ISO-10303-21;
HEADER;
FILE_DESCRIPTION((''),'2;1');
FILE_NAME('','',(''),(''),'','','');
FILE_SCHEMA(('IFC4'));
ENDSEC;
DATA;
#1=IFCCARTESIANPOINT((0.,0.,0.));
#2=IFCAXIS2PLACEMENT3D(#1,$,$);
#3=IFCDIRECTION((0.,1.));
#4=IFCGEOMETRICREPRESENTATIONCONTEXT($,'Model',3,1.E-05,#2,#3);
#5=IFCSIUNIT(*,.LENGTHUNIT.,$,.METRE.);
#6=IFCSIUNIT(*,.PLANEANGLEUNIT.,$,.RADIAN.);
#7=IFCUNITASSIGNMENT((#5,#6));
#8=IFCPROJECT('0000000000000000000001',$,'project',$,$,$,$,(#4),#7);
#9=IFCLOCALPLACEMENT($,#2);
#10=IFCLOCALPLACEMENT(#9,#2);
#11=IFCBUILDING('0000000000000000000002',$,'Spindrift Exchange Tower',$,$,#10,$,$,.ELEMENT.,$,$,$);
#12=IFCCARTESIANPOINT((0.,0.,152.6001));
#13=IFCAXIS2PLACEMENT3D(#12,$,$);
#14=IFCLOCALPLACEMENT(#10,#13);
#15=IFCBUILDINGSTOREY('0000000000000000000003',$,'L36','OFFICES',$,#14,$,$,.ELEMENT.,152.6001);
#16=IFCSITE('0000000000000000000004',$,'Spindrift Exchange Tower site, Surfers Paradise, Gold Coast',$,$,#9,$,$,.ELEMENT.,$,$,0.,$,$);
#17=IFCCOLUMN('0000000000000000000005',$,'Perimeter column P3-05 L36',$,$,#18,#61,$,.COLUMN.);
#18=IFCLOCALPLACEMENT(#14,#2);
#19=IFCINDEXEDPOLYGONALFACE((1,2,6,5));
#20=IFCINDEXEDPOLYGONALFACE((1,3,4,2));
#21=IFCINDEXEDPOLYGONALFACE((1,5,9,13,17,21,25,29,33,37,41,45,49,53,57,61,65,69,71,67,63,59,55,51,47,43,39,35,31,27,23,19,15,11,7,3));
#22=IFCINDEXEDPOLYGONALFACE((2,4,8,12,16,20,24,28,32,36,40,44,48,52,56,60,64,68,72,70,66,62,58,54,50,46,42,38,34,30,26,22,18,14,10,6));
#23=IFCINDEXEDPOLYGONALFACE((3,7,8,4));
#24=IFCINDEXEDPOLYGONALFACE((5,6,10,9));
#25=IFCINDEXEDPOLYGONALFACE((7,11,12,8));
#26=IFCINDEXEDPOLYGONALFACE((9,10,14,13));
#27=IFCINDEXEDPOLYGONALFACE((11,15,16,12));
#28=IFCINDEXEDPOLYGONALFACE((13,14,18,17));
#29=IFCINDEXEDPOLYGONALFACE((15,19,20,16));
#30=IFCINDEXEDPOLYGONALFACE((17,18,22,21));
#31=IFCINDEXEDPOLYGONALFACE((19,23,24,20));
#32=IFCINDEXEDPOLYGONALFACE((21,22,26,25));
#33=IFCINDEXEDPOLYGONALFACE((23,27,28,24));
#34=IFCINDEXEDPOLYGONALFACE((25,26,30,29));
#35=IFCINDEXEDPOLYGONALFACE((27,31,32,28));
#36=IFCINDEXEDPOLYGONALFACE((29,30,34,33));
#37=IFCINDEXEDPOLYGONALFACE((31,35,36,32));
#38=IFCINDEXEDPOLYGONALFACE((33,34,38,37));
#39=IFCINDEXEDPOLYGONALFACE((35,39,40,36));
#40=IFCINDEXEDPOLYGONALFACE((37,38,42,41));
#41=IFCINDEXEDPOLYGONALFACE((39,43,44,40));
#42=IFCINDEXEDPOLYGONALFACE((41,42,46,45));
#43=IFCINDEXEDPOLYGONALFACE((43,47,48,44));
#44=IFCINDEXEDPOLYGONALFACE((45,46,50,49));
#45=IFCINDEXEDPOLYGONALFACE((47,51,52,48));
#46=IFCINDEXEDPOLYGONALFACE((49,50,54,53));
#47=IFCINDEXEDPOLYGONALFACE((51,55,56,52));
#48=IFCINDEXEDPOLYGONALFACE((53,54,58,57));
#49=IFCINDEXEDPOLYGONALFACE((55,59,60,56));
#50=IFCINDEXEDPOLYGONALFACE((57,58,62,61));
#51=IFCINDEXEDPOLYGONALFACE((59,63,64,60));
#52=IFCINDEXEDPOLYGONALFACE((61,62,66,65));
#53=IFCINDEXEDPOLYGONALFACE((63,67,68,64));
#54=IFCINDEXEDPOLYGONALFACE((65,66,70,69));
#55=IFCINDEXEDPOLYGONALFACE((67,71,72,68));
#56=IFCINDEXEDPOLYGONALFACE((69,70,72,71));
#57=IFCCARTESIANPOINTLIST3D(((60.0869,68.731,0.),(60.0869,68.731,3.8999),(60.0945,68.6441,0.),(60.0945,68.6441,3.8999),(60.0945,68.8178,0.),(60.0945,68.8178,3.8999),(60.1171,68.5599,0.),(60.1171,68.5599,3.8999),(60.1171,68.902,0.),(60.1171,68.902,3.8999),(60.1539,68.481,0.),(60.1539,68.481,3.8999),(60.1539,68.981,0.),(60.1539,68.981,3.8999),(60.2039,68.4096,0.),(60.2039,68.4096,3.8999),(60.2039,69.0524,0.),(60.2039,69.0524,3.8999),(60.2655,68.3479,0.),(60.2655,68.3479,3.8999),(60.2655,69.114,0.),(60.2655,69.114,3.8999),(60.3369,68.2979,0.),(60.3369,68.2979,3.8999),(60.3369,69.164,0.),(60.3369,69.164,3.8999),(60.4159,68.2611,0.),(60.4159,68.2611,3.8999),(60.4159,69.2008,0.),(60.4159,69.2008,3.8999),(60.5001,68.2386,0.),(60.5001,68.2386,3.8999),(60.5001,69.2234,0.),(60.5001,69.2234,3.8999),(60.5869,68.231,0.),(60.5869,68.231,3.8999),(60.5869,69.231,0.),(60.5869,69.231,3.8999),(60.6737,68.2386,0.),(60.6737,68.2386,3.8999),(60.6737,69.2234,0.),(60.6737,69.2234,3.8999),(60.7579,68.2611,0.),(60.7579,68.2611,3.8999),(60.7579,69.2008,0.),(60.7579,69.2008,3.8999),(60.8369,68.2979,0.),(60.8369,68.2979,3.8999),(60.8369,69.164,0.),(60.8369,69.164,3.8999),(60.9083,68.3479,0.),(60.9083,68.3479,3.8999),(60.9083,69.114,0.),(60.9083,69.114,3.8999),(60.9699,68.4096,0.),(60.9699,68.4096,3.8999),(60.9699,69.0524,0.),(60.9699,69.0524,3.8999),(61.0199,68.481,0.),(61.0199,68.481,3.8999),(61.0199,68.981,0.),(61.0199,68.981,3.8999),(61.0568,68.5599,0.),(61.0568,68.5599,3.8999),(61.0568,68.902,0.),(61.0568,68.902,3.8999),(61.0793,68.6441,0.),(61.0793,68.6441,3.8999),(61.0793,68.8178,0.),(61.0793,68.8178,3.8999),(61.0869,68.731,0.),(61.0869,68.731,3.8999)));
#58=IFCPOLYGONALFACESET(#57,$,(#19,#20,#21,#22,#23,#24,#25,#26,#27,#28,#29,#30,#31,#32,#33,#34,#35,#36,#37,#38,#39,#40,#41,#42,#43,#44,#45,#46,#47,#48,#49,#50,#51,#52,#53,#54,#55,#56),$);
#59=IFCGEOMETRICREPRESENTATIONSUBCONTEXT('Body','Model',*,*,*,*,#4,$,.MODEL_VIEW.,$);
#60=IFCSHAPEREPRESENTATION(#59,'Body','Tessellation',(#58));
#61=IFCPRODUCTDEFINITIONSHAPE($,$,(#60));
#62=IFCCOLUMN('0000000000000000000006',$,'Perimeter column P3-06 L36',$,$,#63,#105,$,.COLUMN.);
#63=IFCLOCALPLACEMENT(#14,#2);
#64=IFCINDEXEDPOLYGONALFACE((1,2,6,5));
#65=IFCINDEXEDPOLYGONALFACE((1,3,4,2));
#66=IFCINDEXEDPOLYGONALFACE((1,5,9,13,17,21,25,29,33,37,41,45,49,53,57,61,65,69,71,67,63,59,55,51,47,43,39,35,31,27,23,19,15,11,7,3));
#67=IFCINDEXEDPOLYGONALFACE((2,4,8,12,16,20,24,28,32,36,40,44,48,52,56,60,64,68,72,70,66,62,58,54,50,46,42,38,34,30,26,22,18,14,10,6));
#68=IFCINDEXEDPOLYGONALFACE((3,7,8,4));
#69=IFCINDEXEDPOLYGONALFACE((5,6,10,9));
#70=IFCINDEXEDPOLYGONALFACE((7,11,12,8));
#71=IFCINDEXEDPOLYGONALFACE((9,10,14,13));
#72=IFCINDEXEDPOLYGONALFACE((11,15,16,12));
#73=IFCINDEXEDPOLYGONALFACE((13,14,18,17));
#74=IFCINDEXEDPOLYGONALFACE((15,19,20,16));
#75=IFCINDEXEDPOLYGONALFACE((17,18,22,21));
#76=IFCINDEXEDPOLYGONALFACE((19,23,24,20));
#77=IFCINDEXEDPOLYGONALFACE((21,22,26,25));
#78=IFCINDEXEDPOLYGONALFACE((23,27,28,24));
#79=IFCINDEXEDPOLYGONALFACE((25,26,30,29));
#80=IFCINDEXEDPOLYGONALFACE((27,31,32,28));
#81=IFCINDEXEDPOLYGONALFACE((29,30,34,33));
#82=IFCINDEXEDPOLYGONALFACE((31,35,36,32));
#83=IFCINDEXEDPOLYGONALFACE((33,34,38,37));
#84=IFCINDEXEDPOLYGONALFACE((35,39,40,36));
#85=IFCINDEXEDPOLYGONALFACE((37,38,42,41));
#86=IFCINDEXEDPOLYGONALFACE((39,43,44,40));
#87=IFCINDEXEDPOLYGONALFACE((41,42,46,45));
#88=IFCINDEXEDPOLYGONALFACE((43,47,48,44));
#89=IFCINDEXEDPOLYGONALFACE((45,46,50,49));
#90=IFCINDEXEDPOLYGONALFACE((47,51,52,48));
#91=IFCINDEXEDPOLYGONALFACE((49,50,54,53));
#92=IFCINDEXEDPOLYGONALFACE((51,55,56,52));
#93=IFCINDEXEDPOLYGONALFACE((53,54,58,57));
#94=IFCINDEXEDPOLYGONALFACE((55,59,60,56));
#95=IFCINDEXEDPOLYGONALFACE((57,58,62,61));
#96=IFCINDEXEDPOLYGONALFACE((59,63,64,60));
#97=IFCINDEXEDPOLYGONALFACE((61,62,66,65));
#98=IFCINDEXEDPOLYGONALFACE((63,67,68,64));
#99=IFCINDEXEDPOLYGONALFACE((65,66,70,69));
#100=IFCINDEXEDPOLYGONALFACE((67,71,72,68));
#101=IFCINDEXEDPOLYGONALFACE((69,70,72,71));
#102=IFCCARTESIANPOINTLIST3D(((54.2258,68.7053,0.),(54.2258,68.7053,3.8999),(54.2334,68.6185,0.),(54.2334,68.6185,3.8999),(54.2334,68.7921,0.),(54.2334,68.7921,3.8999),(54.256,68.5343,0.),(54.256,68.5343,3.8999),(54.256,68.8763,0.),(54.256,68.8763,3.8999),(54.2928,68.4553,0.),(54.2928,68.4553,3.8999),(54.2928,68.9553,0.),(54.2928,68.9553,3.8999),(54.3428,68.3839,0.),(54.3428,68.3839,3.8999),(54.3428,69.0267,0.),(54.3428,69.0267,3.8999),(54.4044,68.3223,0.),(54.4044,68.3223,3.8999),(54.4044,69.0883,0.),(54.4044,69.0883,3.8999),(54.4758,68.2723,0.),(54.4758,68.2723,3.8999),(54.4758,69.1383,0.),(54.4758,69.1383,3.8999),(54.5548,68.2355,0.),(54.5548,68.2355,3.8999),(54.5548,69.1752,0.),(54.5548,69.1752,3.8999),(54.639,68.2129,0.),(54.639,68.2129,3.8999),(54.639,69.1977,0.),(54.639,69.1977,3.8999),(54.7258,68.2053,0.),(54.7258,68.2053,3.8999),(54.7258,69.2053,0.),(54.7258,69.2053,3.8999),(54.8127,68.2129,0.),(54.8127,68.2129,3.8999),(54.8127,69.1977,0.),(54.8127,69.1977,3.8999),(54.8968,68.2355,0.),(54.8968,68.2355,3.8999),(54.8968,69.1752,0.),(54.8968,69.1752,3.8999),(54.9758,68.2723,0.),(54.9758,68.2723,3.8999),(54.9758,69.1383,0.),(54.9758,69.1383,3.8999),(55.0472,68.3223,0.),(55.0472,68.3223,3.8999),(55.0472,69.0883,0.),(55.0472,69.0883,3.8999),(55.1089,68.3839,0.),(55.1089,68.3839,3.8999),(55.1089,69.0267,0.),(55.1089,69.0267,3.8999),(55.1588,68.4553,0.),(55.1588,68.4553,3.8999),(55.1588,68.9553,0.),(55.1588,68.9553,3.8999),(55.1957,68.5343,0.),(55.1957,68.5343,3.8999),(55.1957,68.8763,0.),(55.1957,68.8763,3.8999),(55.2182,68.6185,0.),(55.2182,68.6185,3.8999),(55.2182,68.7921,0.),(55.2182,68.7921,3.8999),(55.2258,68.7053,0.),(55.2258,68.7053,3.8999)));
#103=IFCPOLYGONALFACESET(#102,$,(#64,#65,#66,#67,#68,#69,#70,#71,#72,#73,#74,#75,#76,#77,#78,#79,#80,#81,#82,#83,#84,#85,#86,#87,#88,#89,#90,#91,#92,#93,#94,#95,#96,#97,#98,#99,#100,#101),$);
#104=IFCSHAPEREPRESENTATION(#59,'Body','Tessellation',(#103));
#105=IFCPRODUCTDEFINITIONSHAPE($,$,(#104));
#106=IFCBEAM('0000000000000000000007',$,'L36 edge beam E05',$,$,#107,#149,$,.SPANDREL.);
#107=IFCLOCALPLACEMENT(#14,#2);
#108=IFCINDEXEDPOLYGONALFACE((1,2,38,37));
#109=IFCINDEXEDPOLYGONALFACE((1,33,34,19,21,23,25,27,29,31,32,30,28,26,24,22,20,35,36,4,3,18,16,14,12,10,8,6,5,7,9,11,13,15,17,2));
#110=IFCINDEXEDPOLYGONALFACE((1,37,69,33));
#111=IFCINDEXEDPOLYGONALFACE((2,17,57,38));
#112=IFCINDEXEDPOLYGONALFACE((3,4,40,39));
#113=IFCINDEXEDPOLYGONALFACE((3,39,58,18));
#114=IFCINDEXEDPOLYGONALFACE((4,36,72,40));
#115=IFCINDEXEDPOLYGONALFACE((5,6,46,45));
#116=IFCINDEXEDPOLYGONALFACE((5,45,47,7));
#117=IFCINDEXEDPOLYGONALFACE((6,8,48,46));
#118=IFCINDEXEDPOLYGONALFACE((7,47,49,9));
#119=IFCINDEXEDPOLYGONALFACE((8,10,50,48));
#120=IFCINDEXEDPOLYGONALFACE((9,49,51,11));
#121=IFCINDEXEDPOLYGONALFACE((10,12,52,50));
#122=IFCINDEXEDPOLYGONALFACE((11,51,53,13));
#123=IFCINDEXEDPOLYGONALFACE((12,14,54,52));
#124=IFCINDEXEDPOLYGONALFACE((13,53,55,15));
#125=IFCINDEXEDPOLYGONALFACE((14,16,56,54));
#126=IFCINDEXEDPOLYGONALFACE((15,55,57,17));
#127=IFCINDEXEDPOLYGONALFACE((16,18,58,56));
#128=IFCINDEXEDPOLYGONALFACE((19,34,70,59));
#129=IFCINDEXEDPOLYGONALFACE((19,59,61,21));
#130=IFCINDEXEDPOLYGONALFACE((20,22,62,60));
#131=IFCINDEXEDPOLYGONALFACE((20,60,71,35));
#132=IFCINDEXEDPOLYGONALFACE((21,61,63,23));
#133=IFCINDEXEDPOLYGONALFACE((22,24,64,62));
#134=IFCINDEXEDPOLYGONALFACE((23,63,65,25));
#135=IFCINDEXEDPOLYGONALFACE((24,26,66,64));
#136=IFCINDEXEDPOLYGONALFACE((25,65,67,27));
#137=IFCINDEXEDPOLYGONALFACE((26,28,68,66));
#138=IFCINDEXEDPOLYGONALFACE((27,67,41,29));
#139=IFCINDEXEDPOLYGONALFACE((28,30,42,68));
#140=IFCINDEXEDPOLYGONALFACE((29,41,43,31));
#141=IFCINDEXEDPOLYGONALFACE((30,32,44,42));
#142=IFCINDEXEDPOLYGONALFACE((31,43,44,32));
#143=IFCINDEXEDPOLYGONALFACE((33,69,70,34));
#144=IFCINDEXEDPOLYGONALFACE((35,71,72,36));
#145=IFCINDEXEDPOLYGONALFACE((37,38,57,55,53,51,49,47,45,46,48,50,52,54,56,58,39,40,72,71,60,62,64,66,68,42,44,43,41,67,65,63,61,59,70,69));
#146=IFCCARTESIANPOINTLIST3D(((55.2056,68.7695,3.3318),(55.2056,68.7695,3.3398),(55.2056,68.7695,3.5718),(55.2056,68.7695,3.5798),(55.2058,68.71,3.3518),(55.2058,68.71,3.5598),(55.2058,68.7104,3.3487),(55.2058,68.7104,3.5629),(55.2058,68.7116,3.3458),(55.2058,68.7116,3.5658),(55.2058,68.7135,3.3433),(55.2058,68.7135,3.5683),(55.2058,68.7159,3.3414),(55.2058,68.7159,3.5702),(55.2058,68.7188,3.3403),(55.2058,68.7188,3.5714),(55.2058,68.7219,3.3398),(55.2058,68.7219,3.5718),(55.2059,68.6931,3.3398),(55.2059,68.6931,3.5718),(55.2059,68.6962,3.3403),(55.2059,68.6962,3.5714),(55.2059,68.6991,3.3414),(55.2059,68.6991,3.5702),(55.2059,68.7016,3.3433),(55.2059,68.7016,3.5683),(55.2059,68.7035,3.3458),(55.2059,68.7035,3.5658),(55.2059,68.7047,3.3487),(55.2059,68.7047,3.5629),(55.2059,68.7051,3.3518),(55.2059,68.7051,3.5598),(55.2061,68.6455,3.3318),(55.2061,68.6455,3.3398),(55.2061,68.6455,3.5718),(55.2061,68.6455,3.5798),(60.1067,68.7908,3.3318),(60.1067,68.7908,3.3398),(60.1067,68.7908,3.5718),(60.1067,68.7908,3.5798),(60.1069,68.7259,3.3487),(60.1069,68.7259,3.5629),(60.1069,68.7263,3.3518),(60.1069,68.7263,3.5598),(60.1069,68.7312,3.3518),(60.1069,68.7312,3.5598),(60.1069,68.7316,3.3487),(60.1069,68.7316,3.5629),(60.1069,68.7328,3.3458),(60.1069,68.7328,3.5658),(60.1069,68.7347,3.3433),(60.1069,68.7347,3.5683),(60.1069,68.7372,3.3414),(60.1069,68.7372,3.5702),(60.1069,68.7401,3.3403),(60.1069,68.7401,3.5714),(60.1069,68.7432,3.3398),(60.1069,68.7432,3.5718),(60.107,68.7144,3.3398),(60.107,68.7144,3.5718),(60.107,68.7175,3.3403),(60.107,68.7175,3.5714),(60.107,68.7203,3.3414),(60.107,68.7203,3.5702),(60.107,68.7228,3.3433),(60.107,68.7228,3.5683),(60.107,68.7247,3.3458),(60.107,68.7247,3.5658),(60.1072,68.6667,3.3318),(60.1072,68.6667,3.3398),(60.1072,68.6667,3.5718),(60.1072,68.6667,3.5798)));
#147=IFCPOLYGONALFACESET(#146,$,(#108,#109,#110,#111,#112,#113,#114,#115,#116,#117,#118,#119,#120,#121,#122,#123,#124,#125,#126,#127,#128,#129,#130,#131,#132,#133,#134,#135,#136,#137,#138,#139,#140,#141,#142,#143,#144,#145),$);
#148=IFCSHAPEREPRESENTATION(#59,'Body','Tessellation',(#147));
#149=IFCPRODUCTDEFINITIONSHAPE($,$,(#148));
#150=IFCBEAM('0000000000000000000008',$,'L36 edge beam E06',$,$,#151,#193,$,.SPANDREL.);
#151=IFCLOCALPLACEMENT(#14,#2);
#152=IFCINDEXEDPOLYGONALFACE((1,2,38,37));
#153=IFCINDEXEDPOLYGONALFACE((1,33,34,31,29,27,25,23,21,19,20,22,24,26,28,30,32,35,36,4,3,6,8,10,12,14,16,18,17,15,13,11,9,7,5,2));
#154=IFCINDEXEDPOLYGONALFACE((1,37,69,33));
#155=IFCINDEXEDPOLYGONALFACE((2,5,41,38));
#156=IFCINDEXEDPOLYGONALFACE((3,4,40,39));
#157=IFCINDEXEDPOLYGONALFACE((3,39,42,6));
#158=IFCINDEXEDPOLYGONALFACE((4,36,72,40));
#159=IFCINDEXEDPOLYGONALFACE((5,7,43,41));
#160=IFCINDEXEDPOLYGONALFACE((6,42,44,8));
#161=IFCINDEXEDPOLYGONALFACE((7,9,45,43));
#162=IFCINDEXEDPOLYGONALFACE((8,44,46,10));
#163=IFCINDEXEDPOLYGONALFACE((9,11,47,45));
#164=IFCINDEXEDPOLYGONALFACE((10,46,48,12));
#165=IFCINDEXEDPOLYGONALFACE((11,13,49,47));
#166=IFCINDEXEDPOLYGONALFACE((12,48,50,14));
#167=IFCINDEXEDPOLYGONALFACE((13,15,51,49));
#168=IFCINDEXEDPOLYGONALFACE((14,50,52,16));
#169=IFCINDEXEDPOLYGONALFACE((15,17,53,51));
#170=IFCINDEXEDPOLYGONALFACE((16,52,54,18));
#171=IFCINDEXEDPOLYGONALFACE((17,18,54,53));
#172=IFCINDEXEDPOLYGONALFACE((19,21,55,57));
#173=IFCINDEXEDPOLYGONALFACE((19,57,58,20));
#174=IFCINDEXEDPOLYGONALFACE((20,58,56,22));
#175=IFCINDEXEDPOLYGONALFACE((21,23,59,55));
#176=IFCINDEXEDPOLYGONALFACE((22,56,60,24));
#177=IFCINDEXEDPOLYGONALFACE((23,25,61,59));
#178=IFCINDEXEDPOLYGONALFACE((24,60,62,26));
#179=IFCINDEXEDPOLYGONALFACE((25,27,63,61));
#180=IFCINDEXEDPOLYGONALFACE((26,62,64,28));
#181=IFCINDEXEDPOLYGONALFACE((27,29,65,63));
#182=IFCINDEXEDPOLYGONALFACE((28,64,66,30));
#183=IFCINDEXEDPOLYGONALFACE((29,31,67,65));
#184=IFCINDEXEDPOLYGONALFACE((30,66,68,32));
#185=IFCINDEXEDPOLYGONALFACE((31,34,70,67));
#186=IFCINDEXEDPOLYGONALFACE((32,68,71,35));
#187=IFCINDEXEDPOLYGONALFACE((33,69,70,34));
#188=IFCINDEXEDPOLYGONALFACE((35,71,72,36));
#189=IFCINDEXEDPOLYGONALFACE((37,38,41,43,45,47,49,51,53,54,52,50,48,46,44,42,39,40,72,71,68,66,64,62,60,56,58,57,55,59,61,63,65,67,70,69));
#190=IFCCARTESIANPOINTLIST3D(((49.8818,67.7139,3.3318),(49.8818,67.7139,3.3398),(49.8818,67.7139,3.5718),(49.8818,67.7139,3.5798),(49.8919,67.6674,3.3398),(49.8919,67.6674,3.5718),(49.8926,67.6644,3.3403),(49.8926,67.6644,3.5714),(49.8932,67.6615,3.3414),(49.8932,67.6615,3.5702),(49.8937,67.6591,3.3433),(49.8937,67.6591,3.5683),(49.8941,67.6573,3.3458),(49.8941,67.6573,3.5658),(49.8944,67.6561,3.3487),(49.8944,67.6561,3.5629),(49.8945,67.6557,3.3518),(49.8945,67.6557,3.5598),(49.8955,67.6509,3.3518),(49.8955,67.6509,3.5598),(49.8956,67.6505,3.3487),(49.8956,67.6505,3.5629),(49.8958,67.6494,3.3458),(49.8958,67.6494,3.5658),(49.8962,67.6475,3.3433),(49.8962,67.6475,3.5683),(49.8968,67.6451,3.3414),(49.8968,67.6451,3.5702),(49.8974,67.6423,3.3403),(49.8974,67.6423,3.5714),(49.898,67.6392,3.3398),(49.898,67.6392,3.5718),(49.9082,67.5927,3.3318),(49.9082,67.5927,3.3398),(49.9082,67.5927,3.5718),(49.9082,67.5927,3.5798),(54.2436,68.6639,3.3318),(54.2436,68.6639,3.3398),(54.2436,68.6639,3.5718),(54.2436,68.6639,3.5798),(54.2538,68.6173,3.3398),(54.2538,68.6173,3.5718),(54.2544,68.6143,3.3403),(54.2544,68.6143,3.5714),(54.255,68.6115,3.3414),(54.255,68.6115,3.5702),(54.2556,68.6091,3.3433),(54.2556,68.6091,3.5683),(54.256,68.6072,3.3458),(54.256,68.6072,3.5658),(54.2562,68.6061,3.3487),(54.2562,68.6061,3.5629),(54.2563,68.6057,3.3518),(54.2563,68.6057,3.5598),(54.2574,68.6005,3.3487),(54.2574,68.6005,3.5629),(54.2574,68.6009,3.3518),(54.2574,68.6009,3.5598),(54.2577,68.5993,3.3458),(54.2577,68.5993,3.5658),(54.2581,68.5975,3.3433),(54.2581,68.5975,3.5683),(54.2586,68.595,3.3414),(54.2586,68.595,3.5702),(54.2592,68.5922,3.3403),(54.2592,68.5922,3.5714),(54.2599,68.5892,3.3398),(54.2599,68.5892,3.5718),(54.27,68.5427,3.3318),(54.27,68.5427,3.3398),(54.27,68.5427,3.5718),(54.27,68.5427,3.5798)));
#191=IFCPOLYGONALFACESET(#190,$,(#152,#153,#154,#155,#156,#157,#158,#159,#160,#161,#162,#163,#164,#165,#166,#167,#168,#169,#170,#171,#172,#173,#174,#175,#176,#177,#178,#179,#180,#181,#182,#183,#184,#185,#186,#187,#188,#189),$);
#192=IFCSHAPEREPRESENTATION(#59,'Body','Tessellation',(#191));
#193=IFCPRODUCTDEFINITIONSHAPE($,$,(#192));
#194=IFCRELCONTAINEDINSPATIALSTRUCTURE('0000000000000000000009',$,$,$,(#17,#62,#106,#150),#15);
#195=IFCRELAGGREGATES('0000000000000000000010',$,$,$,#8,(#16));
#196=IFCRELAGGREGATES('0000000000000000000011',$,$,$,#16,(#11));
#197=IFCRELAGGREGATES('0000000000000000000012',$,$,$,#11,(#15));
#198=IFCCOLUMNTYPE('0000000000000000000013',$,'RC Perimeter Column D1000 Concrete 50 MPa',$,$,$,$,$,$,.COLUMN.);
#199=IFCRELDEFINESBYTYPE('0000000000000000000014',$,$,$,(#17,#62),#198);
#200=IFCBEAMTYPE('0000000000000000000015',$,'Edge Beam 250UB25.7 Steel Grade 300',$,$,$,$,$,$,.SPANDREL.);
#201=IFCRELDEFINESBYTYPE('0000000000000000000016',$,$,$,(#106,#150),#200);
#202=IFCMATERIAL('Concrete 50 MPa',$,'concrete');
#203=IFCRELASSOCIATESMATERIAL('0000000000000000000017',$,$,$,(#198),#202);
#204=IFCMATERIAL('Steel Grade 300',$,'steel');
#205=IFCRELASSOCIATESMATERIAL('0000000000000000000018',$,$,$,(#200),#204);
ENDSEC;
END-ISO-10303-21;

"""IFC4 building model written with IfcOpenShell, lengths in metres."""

from ifc_helpers import new_model, si_unit, direction, frame, origin, origin_2d, place, context, subcontext, project, spatial, circle, i_section, extrude, source, transform, mapped, material, material_profile, profile_set, type_object, element, save


model = new_model("IFC4")

# Units and contexts
model_context = context("Model", 3, precision=1e-05, world=origin(), true_north=direction((0.0, 1.0)))
body_context = subcontext(model_context, "Body", "Model", "MODEL_VIEW")
ifc_project = project(units=[si_unit("LENGTHUNIT", "METRE"), si_unit("PLANEANGLEUNIT", "RADIAN")], contexts=[model_context])

# Site, building, storey
site_placement = place(None, origin())
site = spatial("IfcSite", under=ifc_project, at=site_placement, Name="Spindrift Exchange Tower site, Surfers Paradise, Gold Coast", CompositionType="ELEMENT", RefElevation=0.0)
building_placement = place(site_placement, origin())
building = spatial("IfcBuilding", under=site, at=building_placement, Name="Spindrift Exchange Tower", CompositionType="ELEMENT")
storey_placement = place(building_placement, frame((0.0, 0.0, 152.6001)))
storey = spatial("IfcBuildingStorey", under=building, at=storey_placement, Name="L36", Description="OFFICES", CompositionType="ELEMENT", Elevation=152.6001)

# Columns
ifc_material_1 = material(Name="Concrete 50 MPa", Category="concrete")
ifc_material_profile_1 = material_profile(ifc_material_1, circle(Radius=0.5, at=origin_2d()), Name="RC D1000")
ifc_profile_set_1 = profile_set([ifc_material_profile_1], Name="Concrete 50 MPa")
column_type = type_object("IfcColumnType", Name="RC Perimeter Column D1000 Concrete 50 MPa", PredefinedType="COLUMN", material=ifc_profile_set_1)
shared_shape_1 = source(origin(), body_context, "Body", "SweptSolid", [
    extrude(circle(Radius=0.5, at=origin_2d()), origin(), (0.0, 0.0, 1.0), 3.8999),
])
for number, where, z_axis, x_axis, name in (
    (1, (60.5869, 68.731, 0.0), (0.0, 0.0, 1.0), (1.0, 0.0, 0.0), "Perimeter column P3-05 L36"),
    (2, (54.7258, 68.7053, 0.0), (0.0, 0.0, 1.0), (1.0, 0.0, 0.0), "Perimeter column P3-06 L36"),
):
    element("IfcColumn", number, at=place(storey_placement, frame(where, z_axis=z_axis, x_axis=x_axis)), inside=storey, type_object=column_type, Name=name, PredefinedType="COLUMN", context=body_context, shape_type="MappedRepresentation", body=[
        mapped(shared_shape_1, transform((0.0, 0.0, 0.0), scale=1.0)),
    ])

# Beams
ifc_material_2 = material(Name="Steel Grade 300", Category="steel")
ifc_material_profile_2 = material_profile(ifc_material_2, i_section(OverallWidth=0.124, OverallDepth=0.248, WebThickness=0.0049, FlangeThickness=0.0081, FilletRadius=0.012, at=origin_2d()), Name="250UB25.7")
ifc_profile_set_2 = profile_set([ifc_material_profile_2], Name="Steel Grade 300")
beam_type_1 = type_object("IfcBeamType", Name="Edge Beam 250UB25.7 Steel Grade 300", PredefinedType="SPANDREL", material=ifc_profile_set_2)
shared_shape_2 = source(origin(), body_context, "Body", "SweptSolid", [
    extrude(i_section(OverallWidth=0.124, OverallDepth=0.248, WebThickness=0.0049, FlangeThickness=0.0081, FilletRadius=0.012, at=origin_2d()), origin(), (0.0, 0.0, 1.0), 4.9011),
])
beam_1_placement = place(storey_placement, frame((60.1069, 68.7288, 3.4558), z_axis=(-0.999991, -0.004334, 0.0), x_axis=(0.004334, -0.999991, 0.0)))
element("IfcBeam", 3, at=beam_1_placement, inside=storey, type_object=beam_type_1, Name="L36 edge beam E05", PredefinedType="SPANDREL", context=body_context, shape_type="MappedRepresentation", body=[
    mapped(shared_shape_2, transform((0.0, 0.0, 0.0), scale=1.0)),
])
shared_shape_3 = source(origin(), body_context, "Body", "SweptSolid", [
    extrude(i_section(OverallWidth=0.124, OverallDepth=0.248, WebThickness=0.0049, FlangeThickness=0.0081, FilletRadius=0.012, at=origin_2d()), origin(), (0.0, 0.0, 1.0), 4.4641),
])
beam_2_placement = place(storey_placement, frame((54.2568, 68.6033, 3.4558), z_axis=(-0.977096, -0.2128, 0.0), x_axis=(0.2128, -0.977096, 0.0)))
element("IfcBeam", 4, at=beam_2_placement, inside=storey, type_object=beam_type_1, Name="L36 edge beam E06", PredefinedType="SPANDREL", context=body_context, shape_type="MappedRepresentation", body=[
    mapped(shared_shape_3, transform((0.0, 0.0, 0.0), scale=1.0)),
])

save(model, "model.ifc")
